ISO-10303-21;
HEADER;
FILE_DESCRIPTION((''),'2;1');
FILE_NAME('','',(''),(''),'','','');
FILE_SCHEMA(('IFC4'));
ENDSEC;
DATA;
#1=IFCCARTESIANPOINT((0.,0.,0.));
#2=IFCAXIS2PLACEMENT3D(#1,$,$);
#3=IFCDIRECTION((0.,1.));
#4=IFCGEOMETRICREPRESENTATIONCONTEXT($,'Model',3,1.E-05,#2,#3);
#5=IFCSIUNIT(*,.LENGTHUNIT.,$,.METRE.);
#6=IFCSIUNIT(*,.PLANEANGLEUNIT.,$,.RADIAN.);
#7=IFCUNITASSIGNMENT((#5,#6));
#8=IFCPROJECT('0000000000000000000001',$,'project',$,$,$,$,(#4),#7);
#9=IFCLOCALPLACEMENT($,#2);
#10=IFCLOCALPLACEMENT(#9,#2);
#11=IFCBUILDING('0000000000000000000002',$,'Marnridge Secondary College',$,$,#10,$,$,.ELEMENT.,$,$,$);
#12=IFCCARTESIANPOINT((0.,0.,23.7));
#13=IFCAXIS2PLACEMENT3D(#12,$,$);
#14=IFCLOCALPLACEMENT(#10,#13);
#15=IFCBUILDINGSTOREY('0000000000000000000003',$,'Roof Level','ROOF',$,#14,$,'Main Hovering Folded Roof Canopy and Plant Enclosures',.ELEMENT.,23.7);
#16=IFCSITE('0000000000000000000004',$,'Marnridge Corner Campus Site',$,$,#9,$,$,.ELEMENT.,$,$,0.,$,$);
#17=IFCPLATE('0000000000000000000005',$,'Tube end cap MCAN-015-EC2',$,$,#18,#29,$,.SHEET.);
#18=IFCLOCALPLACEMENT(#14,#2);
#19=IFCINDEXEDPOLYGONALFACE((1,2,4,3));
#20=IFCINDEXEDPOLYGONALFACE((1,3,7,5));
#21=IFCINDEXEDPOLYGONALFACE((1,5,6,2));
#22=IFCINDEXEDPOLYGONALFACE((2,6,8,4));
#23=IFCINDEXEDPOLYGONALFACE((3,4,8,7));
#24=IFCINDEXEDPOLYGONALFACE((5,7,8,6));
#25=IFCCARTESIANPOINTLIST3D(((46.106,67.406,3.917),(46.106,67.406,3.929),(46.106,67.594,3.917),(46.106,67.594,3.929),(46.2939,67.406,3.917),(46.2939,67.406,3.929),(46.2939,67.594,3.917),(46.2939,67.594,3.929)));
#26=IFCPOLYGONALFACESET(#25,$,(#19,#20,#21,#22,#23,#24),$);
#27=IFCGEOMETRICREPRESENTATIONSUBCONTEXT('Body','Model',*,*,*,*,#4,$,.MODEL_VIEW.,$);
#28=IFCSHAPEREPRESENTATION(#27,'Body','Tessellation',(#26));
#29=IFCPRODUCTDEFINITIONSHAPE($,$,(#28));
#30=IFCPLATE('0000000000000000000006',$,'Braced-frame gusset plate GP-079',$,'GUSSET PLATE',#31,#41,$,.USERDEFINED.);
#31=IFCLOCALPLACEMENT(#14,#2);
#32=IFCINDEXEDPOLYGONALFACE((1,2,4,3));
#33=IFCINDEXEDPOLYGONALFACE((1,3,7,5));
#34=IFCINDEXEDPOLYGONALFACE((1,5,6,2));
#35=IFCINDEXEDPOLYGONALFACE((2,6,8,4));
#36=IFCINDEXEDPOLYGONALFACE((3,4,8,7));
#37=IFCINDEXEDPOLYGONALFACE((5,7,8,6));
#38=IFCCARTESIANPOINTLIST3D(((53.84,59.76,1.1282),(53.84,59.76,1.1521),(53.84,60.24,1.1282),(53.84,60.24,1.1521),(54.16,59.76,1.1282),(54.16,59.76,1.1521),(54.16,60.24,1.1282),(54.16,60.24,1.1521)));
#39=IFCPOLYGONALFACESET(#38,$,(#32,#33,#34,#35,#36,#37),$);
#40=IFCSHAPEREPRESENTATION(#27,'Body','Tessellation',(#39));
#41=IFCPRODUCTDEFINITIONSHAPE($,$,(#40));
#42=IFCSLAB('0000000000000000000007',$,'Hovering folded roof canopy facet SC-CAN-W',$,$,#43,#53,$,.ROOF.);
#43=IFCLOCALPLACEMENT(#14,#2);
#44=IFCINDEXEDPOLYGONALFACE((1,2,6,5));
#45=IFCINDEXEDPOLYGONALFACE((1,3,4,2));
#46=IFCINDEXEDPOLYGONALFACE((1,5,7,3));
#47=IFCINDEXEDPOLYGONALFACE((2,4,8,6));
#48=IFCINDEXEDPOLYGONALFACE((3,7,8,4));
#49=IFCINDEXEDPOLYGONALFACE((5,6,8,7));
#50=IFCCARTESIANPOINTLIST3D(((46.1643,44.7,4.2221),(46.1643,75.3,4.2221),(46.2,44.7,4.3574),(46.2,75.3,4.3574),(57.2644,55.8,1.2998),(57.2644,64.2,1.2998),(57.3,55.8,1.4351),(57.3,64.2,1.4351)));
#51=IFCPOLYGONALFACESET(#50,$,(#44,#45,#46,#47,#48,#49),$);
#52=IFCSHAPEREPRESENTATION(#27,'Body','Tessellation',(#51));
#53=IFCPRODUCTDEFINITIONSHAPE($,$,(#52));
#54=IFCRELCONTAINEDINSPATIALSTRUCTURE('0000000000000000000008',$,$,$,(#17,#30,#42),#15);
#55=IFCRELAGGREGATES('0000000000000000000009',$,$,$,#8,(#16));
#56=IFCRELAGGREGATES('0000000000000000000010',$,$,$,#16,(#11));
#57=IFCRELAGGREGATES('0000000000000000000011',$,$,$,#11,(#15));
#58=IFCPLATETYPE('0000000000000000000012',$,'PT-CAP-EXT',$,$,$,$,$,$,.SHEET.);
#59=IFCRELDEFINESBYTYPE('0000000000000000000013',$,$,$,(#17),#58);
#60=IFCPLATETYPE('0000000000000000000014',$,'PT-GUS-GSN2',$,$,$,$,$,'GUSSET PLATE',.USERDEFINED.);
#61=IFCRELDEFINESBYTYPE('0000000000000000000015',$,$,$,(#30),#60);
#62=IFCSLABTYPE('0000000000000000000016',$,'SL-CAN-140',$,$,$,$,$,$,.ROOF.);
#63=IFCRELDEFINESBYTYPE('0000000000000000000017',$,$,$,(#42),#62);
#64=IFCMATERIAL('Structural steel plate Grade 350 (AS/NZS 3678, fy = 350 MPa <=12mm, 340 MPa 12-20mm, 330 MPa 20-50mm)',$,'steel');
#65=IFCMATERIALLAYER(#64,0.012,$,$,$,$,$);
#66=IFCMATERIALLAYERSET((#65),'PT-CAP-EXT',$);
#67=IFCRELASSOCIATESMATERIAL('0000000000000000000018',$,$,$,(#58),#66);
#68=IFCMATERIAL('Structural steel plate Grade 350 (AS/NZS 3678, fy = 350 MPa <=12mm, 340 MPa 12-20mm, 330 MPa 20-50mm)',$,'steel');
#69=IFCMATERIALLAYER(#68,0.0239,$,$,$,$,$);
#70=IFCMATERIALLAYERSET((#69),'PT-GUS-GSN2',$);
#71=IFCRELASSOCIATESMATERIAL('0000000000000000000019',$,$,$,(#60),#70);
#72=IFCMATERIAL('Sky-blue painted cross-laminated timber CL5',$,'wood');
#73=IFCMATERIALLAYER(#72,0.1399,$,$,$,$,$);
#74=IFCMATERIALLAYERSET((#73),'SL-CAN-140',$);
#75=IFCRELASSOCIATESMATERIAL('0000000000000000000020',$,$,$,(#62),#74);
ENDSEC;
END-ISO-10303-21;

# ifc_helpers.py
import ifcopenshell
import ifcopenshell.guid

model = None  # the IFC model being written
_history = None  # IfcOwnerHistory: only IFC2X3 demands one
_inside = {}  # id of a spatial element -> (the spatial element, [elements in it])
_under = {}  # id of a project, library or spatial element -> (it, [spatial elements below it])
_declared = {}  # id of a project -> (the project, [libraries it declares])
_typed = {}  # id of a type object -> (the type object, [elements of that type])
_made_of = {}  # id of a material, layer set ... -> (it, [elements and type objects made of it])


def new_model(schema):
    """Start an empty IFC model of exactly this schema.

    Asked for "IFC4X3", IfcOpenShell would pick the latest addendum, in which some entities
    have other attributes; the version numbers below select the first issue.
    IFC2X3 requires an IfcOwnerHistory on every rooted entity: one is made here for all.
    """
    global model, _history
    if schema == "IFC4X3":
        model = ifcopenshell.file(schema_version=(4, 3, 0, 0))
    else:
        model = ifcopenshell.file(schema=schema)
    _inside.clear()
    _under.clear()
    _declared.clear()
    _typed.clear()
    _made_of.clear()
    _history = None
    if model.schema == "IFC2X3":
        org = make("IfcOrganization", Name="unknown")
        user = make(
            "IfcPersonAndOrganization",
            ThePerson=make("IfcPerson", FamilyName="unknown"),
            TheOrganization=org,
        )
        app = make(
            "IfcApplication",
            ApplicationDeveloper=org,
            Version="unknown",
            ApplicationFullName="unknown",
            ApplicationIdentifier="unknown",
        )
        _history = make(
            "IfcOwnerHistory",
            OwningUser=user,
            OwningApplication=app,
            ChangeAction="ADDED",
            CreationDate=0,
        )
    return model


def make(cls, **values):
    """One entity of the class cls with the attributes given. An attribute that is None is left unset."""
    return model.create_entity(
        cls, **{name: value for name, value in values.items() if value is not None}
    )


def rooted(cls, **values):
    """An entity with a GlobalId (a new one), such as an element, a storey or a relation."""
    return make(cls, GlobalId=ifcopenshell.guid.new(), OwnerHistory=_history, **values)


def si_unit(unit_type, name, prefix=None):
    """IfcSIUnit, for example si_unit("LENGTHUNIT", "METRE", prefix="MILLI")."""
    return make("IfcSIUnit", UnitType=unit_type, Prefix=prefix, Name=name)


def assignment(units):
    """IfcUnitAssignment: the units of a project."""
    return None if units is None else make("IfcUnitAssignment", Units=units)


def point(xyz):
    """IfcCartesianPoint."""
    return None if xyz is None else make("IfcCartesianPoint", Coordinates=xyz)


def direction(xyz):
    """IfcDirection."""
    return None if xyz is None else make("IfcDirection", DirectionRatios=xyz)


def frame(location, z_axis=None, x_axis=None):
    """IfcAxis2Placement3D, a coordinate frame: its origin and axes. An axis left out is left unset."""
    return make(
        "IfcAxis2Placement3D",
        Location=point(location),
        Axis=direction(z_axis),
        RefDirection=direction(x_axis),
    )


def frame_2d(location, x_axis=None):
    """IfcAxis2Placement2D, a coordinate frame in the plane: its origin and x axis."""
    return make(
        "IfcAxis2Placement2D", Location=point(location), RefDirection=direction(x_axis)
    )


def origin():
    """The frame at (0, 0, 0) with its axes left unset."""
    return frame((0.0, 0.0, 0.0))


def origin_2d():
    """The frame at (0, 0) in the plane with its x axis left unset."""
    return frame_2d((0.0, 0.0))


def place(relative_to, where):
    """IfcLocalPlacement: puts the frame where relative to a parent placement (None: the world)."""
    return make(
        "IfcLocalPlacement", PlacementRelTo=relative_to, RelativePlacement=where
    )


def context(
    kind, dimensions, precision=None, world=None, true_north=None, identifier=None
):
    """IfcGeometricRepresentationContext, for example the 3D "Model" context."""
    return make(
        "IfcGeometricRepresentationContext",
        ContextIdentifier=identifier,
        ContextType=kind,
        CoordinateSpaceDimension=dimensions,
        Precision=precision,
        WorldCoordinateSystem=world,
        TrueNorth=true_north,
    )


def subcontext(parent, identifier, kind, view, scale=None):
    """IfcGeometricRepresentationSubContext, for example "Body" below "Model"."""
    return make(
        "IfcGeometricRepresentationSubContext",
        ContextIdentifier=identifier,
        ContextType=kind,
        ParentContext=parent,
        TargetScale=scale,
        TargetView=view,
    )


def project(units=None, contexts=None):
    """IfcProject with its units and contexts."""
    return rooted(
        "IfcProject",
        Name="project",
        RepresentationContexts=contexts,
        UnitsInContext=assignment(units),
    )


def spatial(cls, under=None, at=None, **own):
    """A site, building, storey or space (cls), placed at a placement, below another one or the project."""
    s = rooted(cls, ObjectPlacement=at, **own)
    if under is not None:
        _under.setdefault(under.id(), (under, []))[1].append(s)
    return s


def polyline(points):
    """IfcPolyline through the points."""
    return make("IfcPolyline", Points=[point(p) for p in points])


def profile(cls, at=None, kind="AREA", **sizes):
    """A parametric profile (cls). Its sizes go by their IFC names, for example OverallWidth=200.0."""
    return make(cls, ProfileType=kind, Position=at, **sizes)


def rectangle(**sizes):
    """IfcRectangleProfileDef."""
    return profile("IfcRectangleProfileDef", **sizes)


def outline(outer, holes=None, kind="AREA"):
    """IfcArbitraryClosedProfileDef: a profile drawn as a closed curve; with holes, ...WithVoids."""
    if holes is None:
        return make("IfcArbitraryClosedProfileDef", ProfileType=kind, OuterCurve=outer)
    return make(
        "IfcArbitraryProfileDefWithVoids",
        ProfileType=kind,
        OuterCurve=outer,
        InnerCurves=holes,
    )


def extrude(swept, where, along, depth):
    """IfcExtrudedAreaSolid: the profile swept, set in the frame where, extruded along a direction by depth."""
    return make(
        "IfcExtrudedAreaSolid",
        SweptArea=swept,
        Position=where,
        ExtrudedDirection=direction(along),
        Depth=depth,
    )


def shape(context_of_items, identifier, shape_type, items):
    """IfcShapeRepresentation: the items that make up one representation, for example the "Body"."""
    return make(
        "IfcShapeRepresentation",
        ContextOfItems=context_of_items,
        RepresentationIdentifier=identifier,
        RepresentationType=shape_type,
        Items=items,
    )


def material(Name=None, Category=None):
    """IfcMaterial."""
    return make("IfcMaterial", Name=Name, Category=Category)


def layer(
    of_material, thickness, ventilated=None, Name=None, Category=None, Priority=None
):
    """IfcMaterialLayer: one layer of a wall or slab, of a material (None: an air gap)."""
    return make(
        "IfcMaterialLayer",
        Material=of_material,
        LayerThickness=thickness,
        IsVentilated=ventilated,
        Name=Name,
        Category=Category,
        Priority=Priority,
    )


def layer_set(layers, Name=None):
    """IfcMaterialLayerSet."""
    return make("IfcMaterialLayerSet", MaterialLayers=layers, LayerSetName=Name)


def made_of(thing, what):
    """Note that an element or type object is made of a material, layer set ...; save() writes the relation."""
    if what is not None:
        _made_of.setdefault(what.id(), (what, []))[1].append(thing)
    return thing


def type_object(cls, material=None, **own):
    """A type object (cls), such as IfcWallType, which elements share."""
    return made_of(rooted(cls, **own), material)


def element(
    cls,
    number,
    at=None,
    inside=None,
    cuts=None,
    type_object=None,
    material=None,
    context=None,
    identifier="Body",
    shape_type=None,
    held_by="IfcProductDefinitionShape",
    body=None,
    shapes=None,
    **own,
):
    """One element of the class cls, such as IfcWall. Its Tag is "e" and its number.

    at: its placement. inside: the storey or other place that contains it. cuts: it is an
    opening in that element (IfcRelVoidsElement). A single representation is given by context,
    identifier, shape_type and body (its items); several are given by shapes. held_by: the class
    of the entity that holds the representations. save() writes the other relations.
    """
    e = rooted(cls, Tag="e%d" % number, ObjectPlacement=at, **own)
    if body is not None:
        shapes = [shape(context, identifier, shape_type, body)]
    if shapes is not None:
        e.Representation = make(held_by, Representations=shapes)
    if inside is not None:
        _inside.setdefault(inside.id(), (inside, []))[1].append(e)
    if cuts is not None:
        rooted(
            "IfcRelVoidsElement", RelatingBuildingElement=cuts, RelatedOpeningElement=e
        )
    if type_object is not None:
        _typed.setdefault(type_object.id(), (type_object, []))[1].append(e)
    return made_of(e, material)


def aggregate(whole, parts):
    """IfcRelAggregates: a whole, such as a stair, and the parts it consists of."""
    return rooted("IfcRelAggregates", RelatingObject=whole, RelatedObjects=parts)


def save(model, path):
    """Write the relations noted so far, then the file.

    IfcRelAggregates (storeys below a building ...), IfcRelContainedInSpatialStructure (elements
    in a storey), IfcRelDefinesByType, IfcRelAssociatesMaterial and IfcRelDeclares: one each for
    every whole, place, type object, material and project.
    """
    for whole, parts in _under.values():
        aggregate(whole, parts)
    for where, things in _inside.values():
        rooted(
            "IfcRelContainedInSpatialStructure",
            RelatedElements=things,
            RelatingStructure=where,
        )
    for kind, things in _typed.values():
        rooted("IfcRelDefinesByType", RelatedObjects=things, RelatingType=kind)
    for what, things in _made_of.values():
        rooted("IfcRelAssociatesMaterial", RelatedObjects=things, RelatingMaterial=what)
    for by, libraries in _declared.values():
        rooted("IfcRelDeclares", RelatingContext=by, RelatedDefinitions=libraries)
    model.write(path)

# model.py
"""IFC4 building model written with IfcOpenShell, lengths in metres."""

from ifc_helpers import new_model, si_unit, direction, frame, origin, origin_2d, place, context, subcontext, project, spatial, polyline, rectangle, outline, extrude, material, layer, layer_set, type_object, element, save


model = new_model("IFC4")

# Units and contexts
model_context = context("Model", 3, precision=1e-05, world=origin(), true_north=direction((0.0, 1.0)))
body_context = subcontext(model_context, "Body", "Model", "MODEL_VIEW")
ifc_project = project(units=[si_unit("LENGTHUNIT", "METRE"), si_unit("PLANEANGLEUNIT", "RADIAN")], contexts=[model_context])

# Site, building, storey
site_placement = place(None, origin())
site = spatial("IfcSite", under=ifc_project, at=site_placement, Name="Marnridge Corner Campus Site", CompositionType="ELEMENT", RefElevation=0.0)
building_placement = place(site_placement, origin())
building = spatial("IfcBuilding", under=site, at=building_placement, Name="Marnridge Secondary College", CompositionType="ELEMENT")
storey_placement = place(building_placement, frame((0.0, 0.0, 23.7)))
storey = spatial("IfcBuildingStorey", under=building, at=storey_placement, Name="Roof Level", Description="ROOF", LongName="Main Hovering Folded Roof Canopy and Plant Enclosures", CompositionType="ELEMENT", Elevation=23.7)

# Plates
ifc_material_1 = material(Name="Structural steel plate Grade 350 (AS/NZS 3678, fy = 350 MPa <=12mm, 340 MPa 12-20mm, 330 MPa 20-50mm)", Category="steel")
ifc_layer_1 = layer(ifc_material_1, 0.012)
ifc_layer_set_1 = layer_set([ifc_layer_1], Name="PT-CAP-EXT")
plate_type_1 = type_object("IfcPlateType", Name="PT-CAP-EXT", PredefinedType="SHEET", material=ifc_layer_set_1)
for number, where, z_axis, x_axis, name in (
    (1, (46.2, 67.5, 3.917), (0.0, 0.0, 1.0), (1.0, 0.0, 0.0), "Tube end cap MCAN-015-EC2"),
):
    element("IfcPlate", number, at=place(storey_placement, frame(where, z_axis=z_axis, x_axis=x_axis)), inside=storey, type_object=plate_type_1, Name=name, PredefinedType="SHEET", context=body_context, shape_type="SweptSolid", body=[
        extrude(rectangle(XDim=0.188, YDim=0.188, at=origin_2d()), origin(), (0.0, 0.0, 1.0), 0.012),
    ])
ifc_material_2 = material(Name="Structural steel plate Grade 350 (AS/NZS 3678, fy = 350 MPa <=12mm, 340 MPa 12-20mm, 330 MPa 20-50mm)", Category="steel")
ifc_layer_2 = layer(ifc_material_2, 0.0239)
ifc_layer_set_2 = layer_set([ifc_layer_2], Name="PT-GUS-GSN2")
plate_type_2 = type_object("IfcPlateType", Name="PT-GUS-GSN2", ElementType="GUSSET PLATE", PredefinedType="USERDEFINED", material=ifc_layer_set_2)
plate_1_placement = place(storey_placement, frame((54.0, 60.0, 1.1282), z_axis=(0.0, 0.0, 1.0), x_axis=(0.0, 1.0, 0.0)))
element("IfcPlate", 2, at=plate_1_placement, inside=storey, type_object=plate_type_2, Name="Braced-frame gusset plate GP-079", ObjectType="GUSSET PLATE", PredefinedType="USERDEFINED", context=body_context, shape_type="SweptSolid", body=[
    extrude(rectangle(XDim=0.48, YDim=0.3201, at=origin_2d()), origin(), (0.0, 0.0, 1.0), 0.0239),
])

# Slab
ifc_material_3 = material(Name="Sky-blue painted cross-laminated timber CL5", Category="wood")
ifc_layer_3 = layer(ifc_material_3, 0.1399)
ifc_layer_set_3 = layer_set([ifc_layer_3], Name="SL-CAN-140")
slab_type = type_object("IfcSlabType", Name="SL-CAN-140", PredefinedType="ROOF", material=ifc_layer_set_3)
slab_placement = place(storey_placement, frame((46.2, 75.3, 4.3574), z_axis=(0.254598, 0.0, 0.967047), x_axis=(0.0, -1.0, 0.0)))
element("IfcSlab", 3, at=slab_placement, inside=storey, type_object=slab_type, Name="Hovering folded roof canopy facet SC-CAN-W", PredefinedType="ROOF", context=body_context, shape_type="SweptSolid", body=[
    extrude(outline(polyline([(0.0, 0.0), (30.6001, 0.0), (19.5, 11.4783), (11.1001, 11.4783), (0.0, 0.0)])), origin(), (0.0, 0.0, -1.0), 0.1399),
])

save(model, "model.ifc")
